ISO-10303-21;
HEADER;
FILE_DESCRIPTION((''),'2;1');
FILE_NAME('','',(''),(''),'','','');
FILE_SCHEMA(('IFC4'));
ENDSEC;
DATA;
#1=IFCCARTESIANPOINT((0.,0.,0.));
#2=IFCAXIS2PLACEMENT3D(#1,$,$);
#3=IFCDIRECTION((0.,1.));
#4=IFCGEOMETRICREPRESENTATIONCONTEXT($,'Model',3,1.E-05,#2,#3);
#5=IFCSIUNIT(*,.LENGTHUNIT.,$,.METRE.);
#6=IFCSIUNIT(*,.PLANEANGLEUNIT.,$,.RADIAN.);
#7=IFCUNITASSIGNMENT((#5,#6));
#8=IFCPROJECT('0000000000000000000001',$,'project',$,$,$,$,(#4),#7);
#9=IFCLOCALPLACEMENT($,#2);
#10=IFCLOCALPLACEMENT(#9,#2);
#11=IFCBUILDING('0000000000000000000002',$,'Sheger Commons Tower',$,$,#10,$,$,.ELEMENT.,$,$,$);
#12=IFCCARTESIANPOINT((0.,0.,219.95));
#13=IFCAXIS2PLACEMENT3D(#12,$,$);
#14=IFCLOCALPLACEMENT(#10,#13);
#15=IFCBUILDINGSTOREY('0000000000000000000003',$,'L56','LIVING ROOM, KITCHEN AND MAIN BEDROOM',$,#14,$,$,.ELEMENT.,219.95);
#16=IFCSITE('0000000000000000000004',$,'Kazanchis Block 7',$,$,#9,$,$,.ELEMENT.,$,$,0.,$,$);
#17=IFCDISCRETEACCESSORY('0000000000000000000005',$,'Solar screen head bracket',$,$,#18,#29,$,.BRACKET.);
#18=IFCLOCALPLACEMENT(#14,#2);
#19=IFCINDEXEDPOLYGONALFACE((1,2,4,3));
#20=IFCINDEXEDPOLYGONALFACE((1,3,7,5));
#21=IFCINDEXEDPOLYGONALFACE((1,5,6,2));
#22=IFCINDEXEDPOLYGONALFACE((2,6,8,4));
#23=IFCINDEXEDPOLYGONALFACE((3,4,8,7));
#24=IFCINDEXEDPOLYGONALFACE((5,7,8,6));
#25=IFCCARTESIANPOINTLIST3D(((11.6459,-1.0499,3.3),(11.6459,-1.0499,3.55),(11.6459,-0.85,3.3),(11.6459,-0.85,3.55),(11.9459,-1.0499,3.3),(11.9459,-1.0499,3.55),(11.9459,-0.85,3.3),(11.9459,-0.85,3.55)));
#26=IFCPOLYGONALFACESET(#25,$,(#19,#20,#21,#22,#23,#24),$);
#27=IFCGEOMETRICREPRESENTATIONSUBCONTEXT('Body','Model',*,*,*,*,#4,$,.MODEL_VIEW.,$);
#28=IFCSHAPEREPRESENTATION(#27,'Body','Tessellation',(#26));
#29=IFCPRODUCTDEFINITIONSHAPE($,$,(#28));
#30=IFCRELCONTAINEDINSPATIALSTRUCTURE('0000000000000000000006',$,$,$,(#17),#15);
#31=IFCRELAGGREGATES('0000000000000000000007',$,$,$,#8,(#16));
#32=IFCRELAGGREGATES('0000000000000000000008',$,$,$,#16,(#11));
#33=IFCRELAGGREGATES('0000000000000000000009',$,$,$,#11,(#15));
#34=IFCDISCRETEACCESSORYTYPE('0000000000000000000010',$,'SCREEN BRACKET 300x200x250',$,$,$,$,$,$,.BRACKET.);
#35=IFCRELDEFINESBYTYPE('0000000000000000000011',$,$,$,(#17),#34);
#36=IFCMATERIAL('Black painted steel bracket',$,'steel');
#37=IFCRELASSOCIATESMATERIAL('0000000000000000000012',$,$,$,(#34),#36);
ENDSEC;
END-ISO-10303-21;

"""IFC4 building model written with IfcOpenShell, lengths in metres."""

from ifc_helpers import new_model, si_unit, direction, frame, origin, origin_2d, place, context, subcontext, project, spatial, rectangle, extrude, material, type_object, element, save


model = new_model("IFC4")

# Units and contexts
model_context = context("Model", 3, precision=1e-05, world=origin(), true_north=direction((0.0, 1.0)))
body_context = subcontext(model_context, "Body", "Model", "MODEL_VIEW")
ifc_project = project(units=[si_unit("LENGTHUNIT", "METRE"), si_unit("PLANEANGLEUNIT", "RADIAN")], contexts=[model_context])

# Site, building, storey
site_placement = place(None, origin())
site = spatial("IfcSite", under=ifc_project, at=site_placement, Name="Kazanchis Block 7", CompositionType="ELEMENT", RefElevation=0.0)
building_placement = place(site_placement, origin())
building = spatial("IfcBuilding", under=site, at=building_placement, Name="Sheger Commons Tower", CompositionType="ELEMENT")
storey_placement = place(building_placement, frame((0.0, 0.0, 219.95)))
storey = spatial("IfcBuildingStorey", under=building, at=storey_placement, Name="L56", Description="LIVING ROOM, KITCHEN AND MAIN BEDROOM", CompositionType="ELEMENT", Elevation=219.95)

# Discrete accessory
ifc_material_1 = material(Name="Black painted steel bracket", Category="steel")
discrete_accessory_type = type_object("IfcDiscreteAccessoryType", Name="SCREEN BRACKET 300x200x250", PredefinedType="BRACKET", material=ifc_material_1)
for number, where, z_axis, x_axis, name in (
    (1, (11.7959, -0.95, 3.3), (0.0, 0.0, 1.0), (1.0, 0.0, 0.0), "Solar screen head bracket"),
):
    element("IfcDiscreteAccessory", number, at=place(storey_placement, frame(where, z_axis=z_axis, x_axis=x_axis)), inside=storey, type_object=discrete_accessory_type, Name=name, PredefinedType="BRACKET", context=body_context, shape_type="SweptSolid", body=[
        extrude(rectangle(XDim=0.3, YDim=0.2, at=origin_2d()), origin(), (0.0, 0.0, 1.0), 0.25),
    ])

save(model, "model.ifc")
